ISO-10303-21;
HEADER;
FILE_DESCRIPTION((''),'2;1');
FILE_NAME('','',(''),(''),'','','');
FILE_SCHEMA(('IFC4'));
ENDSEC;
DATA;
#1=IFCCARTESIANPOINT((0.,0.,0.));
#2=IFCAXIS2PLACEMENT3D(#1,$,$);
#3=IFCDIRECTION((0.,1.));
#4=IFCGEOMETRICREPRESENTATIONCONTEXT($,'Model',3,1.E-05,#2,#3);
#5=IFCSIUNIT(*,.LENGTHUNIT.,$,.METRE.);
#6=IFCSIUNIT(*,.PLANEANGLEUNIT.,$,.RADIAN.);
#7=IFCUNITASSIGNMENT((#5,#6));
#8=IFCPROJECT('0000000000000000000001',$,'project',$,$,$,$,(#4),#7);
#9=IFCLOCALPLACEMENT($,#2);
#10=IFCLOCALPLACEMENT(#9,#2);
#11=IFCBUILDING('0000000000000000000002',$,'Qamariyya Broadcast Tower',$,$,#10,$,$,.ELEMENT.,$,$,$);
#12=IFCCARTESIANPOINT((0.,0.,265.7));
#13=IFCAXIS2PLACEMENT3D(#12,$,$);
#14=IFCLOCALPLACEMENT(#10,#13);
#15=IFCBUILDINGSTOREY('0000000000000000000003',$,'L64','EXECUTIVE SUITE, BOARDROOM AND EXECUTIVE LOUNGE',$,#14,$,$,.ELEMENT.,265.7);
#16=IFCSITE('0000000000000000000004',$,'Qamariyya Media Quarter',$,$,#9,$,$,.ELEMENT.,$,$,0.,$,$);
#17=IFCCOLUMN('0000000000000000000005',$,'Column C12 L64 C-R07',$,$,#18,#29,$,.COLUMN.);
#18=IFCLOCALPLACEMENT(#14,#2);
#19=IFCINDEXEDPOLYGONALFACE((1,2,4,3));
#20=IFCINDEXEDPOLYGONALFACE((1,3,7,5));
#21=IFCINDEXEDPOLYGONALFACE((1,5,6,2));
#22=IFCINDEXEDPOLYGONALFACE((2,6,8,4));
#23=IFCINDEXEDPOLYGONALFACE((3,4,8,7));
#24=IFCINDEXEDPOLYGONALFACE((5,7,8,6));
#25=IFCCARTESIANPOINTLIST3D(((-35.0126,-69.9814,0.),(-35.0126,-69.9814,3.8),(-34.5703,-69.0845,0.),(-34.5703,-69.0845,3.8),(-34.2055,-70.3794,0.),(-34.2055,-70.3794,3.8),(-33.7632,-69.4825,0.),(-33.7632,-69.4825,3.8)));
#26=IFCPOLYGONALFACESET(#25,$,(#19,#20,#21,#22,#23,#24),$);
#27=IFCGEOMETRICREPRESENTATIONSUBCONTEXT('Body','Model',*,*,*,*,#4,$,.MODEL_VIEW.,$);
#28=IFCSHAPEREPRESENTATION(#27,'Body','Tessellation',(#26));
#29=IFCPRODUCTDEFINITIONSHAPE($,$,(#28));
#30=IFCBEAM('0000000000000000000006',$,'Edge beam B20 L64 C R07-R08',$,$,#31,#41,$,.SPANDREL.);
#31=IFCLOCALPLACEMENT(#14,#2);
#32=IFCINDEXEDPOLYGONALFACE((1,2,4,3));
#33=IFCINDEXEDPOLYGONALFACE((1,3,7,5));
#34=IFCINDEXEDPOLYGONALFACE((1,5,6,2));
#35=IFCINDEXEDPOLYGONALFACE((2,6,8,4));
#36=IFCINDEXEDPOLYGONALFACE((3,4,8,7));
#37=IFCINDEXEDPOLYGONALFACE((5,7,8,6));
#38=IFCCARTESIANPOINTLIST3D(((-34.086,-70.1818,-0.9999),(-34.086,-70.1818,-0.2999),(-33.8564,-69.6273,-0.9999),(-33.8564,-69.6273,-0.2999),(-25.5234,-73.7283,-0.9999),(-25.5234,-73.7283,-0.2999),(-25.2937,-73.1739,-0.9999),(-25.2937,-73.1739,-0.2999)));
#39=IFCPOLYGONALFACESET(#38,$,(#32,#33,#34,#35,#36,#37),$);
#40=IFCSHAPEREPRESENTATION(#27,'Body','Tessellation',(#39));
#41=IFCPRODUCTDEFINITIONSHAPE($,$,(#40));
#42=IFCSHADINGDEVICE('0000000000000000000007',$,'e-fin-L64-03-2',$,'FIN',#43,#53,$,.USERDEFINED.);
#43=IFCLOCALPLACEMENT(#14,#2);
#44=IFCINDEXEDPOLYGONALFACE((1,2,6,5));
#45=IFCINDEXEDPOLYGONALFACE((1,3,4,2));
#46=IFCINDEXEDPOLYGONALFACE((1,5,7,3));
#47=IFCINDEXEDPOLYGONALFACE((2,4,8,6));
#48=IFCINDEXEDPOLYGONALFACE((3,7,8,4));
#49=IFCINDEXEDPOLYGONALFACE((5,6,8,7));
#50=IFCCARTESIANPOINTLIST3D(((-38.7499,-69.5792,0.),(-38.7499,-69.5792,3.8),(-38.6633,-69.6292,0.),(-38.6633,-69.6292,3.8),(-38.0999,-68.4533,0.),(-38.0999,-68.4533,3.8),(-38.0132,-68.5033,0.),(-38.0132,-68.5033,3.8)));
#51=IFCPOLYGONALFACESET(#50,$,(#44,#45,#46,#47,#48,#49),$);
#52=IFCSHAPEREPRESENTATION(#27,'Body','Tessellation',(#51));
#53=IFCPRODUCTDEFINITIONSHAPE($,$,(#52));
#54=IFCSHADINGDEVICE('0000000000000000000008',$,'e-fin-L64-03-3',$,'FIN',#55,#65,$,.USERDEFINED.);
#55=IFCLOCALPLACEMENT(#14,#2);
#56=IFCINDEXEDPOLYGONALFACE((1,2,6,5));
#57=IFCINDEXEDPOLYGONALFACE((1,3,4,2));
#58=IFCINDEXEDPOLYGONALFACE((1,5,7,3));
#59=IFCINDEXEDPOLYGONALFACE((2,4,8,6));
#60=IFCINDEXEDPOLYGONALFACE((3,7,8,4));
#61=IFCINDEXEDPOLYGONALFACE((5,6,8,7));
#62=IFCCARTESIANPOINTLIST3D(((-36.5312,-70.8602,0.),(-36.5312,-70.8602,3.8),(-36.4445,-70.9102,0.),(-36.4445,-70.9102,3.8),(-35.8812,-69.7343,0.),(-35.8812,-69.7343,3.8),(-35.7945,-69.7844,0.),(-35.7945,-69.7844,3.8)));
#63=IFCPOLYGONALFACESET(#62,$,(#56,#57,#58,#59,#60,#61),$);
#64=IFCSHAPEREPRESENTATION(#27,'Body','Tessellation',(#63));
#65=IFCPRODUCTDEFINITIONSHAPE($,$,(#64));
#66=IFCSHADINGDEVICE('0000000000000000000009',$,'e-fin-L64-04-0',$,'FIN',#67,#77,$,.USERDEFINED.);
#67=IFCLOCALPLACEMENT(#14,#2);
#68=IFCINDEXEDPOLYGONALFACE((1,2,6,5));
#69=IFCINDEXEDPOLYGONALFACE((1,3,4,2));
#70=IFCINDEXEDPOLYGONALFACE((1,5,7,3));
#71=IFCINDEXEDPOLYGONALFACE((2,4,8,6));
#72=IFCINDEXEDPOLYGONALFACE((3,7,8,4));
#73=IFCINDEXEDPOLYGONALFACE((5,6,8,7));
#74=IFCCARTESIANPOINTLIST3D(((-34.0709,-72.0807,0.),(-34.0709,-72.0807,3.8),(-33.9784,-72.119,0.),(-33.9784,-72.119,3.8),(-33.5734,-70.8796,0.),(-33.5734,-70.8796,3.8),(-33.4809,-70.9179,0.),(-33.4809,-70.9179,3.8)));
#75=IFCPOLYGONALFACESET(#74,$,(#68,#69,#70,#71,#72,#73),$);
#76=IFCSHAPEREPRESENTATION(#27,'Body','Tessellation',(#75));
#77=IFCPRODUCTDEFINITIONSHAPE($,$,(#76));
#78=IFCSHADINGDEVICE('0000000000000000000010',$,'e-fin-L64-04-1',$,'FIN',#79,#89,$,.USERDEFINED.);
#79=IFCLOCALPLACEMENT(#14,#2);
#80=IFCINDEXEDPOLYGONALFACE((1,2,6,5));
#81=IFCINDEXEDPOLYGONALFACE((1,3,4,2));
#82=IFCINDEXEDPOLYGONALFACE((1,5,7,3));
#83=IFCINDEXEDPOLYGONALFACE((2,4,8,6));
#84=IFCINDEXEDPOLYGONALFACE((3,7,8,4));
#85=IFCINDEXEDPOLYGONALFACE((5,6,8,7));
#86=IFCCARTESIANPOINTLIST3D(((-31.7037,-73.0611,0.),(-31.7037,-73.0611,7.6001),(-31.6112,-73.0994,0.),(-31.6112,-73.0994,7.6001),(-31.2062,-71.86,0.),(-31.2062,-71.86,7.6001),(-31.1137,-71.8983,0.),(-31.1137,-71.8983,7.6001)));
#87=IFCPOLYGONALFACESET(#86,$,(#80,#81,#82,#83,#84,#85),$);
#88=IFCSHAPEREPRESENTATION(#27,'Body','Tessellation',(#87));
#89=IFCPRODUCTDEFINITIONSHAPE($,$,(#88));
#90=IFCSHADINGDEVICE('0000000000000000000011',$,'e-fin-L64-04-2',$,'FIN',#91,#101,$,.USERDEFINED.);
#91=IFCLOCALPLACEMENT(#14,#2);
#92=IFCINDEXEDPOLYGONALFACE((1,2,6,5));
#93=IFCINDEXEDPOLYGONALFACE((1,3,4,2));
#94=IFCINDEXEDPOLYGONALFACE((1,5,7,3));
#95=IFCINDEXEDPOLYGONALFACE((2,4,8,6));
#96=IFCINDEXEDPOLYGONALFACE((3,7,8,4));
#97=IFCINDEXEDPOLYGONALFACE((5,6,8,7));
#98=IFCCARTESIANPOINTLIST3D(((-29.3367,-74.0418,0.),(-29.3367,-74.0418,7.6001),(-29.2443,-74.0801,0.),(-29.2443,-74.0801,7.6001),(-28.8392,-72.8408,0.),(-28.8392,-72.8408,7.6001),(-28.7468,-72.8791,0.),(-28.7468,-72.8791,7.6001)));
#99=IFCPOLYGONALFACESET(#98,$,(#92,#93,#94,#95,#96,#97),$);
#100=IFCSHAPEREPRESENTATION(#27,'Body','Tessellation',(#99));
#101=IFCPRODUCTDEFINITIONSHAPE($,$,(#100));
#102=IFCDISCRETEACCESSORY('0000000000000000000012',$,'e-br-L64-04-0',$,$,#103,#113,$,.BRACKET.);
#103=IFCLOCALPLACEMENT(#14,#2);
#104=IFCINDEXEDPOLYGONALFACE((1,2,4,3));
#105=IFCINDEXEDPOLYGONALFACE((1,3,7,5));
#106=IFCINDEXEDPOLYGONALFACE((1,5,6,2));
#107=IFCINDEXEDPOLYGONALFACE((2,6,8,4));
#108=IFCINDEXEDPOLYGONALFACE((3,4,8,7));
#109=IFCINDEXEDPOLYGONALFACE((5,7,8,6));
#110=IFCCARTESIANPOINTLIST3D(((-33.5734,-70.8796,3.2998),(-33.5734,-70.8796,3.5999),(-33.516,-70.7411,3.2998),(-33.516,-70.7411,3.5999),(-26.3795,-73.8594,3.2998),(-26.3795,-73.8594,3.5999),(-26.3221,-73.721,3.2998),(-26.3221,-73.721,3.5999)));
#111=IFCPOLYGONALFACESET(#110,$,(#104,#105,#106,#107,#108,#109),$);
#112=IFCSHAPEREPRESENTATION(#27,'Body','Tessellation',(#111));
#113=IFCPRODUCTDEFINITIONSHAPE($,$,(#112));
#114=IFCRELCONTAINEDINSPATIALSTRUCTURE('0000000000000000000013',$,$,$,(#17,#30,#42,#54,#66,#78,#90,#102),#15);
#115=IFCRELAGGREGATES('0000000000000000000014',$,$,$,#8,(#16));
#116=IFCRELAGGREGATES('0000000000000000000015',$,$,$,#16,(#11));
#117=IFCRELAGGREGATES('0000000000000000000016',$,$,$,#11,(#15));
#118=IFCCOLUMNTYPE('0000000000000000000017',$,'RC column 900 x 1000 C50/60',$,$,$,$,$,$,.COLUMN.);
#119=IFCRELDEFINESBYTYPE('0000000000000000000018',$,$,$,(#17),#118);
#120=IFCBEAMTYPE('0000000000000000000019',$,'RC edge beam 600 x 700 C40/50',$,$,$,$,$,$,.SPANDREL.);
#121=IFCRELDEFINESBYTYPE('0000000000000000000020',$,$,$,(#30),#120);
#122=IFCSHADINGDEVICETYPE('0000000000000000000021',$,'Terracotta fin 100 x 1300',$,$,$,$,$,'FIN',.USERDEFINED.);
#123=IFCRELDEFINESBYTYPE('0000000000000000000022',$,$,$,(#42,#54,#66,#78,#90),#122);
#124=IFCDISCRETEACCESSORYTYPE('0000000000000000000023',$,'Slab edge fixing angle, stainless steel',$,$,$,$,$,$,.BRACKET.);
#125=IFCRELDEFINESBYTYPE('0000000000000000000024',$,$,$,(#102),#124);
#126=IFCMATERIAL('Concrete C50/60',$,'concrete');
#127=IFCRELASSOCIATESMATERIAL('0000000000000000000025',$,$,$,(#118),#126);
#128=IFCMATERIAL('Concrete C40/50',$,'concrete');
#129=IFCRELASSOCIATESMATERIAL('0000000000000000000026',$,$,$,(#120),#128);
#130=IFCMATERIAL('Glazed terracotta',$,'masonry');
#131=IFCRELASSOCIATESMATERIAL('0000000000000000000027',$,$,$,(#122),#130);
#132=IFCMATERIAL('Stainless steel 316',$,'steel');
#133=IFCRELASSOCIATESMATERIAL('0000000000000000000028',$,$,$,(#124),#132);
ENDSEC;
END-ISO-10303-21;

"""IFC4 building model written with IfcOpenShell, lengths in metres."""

from ifc_helpers import new_model, si_unit, direction, frame, origin, origin_2d, place, context, subcontext, project, spatial, rectangle, extrude, material, material_profile, profile_set, type_object, element, save


model = new_model("IFC4")

# Units and contexts
model_context = context("Model", 3, precision=1e-05, world=origin(), true_north=direction((0.0, 1.0)))
body_context = subcontext(model_context, "Body", "Model", "MODEL_VIEW")
ifc_project = project(units=[si_unit("LENGTHUNIT", "METRE"), si_unit("PLANEANGLEUNIT", "RADIAN")], contexts=[model_context])

# Site, building, storey
site_placement = place(None, origin())
site = spatial("IfcSite", under=ifc_project, at=site_placement, Name="Qamariyya Media Quarter", CompositionType="ELEMENT", RefElevation=0.0)
building_placement = place(site_placement, origin())
building = spatial("IfcBuilding", under=site, at=building_placement, Name="Qamariyya Broadcast Tower", CompositionType="ELEMENT")
storey_placement = place(building_placement, frame((0.0, 0.0, 265.7)))
storey = spatial("IfcBuildingStorey", under=building, at=storey_placement, Name="L64", Description="EXECUTIVE SUITE, BOARDROOM AND EXECUTIVE LOUNGE", CompositionType="ELEMENT", Elevation=265.7)

# Column
ifc_material_1 = material(Name="Concrete C50/60", Category="concrete")
ifc_material_profile_1 = material_profile(ifc_material_1, rectangle(XDim=0.8999, YDim=1.0, at=origin_2d()))
ifc_profile_set_1 = profile_set([ifc_material_profile_1], Name="Concrete C50/60")
column_type = type_object("IfcColumnType", Name="RC column 900 x 1000 C50/60", PredefinedType="COLUMN", material=ifc_profile_set_1)
column_placement = place(storey_placement, frame((-34.3879, -69.7319, 0.0), z_axis=(0.0, 0.0, 1.0), x_axis=(0.896873, -0.442289, 0.0)))
element("IfcColumn", 1, at=column_placement, inside=storey, type_object=column_type, Name="Column C12 L64 C-R07", PredefinedType="COLUMN", context=body_context, shape_type="SweptSolid", body=[
    extrude(rectangle(XDim=0.8999, YDim=1.0, at=origin_2d()), origin(), (0.0, 0.0, 1.0), 3.8),
])

# Beam
ifc_material_2 = material(Name="Concrete C40/50", Category="concrete")
ifc_material_profile_2 = material_profile(ifc_material_2, rectangle(XDim=0.6001, YDim=0.7, at=origin_2d()))
ifc_profile_set_2 = profile_set([ifc_material_profile_2], Name="Concrete C40/50")
beam_type = type_object("IfcBeamType", Name="RC edge beam 600 x 700 C40/50", PredefinedType="SPANDREL", material=ifc_profile_set_2)
beam_placement = place(storey_placement, frame((-33.9712, -69.9045, -0.6499), z_axis=(0.923886, -0.382667, 0.0), x_axis=(0.382667, 0.923886, 0.0)))
element("IfcBeam", 2, at=beam_placement, inside=storey, type_object=beam_type, Name="Edge beam B20 L64 C R07-R08", PredefinedType="SPANDREL", context=body_context, shape_type="SweptSolid", body=[
    extrude(rectangle(XDim=0.6001, YDim=0.7, at=origin_2d()), origin(), (0.0, 0.0, 1.0), 9.2681),
])

# Shading devices
ifc_material_3 = material(Name="Glazed terracotta", Category="masonry")
ifc_material_profile_3 = material_profile(ifc_material_3, rectangle(XDim=1.3, YDim=0.1001, at=origin_2d()))
ifc_profile_set_3 = profile_set([ifc_material_profile_3], Name="Glazed terracotta")
shading_device_type_1 = type_object("IfcShadingDeviceType", Name="Terracotta fin 100 x 1300", ElementType="FIN", PredefinedType="USERDEFINED", material=ifc_profile_set_3)
for number, where, z_axis, x_axis, name in (
    (3, (-38.3816, -69.0413, 0.0), (0.0, 0.0, 1.0), (-0.5, -0.866025, 0.0), "e-fin-L64-03-2"),
    (4, (-36.1628, -70.3223, 0.0), (0.0, 0.0, 1.0), (-0.5, -0.866025, 0.0), "e-fin-L64-03-3"),
    (5, (-33.7759, -71.4993, 0.0), (0.0, 0.0, 1.0), (-0.382683, -0.92388, 0.0), "e-fin-L64-04-0"),
):
    element("IfcShadingDevice", number, at=place(storey_placement, frame(where, z_axis=z_axis, x_axis=x_axis)), inside=storey, type_object=shading_device_type_1, Name=name, ObjectType="FIN", PredefinedType="USERDEFINED", context=body_context, shape_type="SweptSolid", body=[
        extrude(rectangle(XDim=1.3, YDim=0.1001, at=origin_2d()), origin(), (0.0, 0.0, 1.0), 3.8),
    ])
for number, where, z_axis, x_axis, name in (
    (6, (-31.4087, -72.4797, 0.0), (0.0, 0.0, 1.0), (-0.382683, -0.92388, 0.0), "e-fin-L64-04-1"),
    (7, (-29.0417, -73.4604, 0.0), (0.0, 0.0, 1.0), (-0.382683, -0.92388, 0.0), "e-fin-L64-04-2"),
):
    element("IfcShadingDevice", number, at=place(storey_placement, frame(where, z_axis=z_axis, x_axis=x_axis)), inside=storey, type_object=shading_device_type_1, Name=name, ObjectType="FIN", PredefinedType="USERDEFINED", context=body_context, shape_type="SweptSolid", body=[
        extrude(rectangle(XDim=1.3, YDim=0.1001, at=origin_2d()), origin(), (0.0, 0.0, 1.0), 7.6001),
    ])

# Discrete accessory
ifc_material_4 = material(Name="Stainless steel 316", Category="steel")
discrete_accessory_type = type_object("IfcDiscreteAccessoryType", Name="Slab edge fixing angle, stainless steel", PredefinedType="BRACKET", material=ifc_material_4)
discrete_accessory_placement = place(storey_placement, frame((-29.9478, -72.3003, 3.2998), z_axis=(0.0, 0.0, 1.0), x_axis=(0.92388, -0.382683, 0.0)))
element("IfcDiscreteAccessory", 8, at=discrete_accessory_placement, inside=storey, type_object=discrete_accessory_type, Name="e-br-L64-04-0", PredefinedType="BRACKET", context=body_context, shape_type="SweptSolid", body=[
    extrude(rectangle(XDim=7.7866, YDim=0.1499, at=origin_2d()), origin(), (0.0, 0.0, 1.0), 0.3),
])

save(model, "model.ifc")
